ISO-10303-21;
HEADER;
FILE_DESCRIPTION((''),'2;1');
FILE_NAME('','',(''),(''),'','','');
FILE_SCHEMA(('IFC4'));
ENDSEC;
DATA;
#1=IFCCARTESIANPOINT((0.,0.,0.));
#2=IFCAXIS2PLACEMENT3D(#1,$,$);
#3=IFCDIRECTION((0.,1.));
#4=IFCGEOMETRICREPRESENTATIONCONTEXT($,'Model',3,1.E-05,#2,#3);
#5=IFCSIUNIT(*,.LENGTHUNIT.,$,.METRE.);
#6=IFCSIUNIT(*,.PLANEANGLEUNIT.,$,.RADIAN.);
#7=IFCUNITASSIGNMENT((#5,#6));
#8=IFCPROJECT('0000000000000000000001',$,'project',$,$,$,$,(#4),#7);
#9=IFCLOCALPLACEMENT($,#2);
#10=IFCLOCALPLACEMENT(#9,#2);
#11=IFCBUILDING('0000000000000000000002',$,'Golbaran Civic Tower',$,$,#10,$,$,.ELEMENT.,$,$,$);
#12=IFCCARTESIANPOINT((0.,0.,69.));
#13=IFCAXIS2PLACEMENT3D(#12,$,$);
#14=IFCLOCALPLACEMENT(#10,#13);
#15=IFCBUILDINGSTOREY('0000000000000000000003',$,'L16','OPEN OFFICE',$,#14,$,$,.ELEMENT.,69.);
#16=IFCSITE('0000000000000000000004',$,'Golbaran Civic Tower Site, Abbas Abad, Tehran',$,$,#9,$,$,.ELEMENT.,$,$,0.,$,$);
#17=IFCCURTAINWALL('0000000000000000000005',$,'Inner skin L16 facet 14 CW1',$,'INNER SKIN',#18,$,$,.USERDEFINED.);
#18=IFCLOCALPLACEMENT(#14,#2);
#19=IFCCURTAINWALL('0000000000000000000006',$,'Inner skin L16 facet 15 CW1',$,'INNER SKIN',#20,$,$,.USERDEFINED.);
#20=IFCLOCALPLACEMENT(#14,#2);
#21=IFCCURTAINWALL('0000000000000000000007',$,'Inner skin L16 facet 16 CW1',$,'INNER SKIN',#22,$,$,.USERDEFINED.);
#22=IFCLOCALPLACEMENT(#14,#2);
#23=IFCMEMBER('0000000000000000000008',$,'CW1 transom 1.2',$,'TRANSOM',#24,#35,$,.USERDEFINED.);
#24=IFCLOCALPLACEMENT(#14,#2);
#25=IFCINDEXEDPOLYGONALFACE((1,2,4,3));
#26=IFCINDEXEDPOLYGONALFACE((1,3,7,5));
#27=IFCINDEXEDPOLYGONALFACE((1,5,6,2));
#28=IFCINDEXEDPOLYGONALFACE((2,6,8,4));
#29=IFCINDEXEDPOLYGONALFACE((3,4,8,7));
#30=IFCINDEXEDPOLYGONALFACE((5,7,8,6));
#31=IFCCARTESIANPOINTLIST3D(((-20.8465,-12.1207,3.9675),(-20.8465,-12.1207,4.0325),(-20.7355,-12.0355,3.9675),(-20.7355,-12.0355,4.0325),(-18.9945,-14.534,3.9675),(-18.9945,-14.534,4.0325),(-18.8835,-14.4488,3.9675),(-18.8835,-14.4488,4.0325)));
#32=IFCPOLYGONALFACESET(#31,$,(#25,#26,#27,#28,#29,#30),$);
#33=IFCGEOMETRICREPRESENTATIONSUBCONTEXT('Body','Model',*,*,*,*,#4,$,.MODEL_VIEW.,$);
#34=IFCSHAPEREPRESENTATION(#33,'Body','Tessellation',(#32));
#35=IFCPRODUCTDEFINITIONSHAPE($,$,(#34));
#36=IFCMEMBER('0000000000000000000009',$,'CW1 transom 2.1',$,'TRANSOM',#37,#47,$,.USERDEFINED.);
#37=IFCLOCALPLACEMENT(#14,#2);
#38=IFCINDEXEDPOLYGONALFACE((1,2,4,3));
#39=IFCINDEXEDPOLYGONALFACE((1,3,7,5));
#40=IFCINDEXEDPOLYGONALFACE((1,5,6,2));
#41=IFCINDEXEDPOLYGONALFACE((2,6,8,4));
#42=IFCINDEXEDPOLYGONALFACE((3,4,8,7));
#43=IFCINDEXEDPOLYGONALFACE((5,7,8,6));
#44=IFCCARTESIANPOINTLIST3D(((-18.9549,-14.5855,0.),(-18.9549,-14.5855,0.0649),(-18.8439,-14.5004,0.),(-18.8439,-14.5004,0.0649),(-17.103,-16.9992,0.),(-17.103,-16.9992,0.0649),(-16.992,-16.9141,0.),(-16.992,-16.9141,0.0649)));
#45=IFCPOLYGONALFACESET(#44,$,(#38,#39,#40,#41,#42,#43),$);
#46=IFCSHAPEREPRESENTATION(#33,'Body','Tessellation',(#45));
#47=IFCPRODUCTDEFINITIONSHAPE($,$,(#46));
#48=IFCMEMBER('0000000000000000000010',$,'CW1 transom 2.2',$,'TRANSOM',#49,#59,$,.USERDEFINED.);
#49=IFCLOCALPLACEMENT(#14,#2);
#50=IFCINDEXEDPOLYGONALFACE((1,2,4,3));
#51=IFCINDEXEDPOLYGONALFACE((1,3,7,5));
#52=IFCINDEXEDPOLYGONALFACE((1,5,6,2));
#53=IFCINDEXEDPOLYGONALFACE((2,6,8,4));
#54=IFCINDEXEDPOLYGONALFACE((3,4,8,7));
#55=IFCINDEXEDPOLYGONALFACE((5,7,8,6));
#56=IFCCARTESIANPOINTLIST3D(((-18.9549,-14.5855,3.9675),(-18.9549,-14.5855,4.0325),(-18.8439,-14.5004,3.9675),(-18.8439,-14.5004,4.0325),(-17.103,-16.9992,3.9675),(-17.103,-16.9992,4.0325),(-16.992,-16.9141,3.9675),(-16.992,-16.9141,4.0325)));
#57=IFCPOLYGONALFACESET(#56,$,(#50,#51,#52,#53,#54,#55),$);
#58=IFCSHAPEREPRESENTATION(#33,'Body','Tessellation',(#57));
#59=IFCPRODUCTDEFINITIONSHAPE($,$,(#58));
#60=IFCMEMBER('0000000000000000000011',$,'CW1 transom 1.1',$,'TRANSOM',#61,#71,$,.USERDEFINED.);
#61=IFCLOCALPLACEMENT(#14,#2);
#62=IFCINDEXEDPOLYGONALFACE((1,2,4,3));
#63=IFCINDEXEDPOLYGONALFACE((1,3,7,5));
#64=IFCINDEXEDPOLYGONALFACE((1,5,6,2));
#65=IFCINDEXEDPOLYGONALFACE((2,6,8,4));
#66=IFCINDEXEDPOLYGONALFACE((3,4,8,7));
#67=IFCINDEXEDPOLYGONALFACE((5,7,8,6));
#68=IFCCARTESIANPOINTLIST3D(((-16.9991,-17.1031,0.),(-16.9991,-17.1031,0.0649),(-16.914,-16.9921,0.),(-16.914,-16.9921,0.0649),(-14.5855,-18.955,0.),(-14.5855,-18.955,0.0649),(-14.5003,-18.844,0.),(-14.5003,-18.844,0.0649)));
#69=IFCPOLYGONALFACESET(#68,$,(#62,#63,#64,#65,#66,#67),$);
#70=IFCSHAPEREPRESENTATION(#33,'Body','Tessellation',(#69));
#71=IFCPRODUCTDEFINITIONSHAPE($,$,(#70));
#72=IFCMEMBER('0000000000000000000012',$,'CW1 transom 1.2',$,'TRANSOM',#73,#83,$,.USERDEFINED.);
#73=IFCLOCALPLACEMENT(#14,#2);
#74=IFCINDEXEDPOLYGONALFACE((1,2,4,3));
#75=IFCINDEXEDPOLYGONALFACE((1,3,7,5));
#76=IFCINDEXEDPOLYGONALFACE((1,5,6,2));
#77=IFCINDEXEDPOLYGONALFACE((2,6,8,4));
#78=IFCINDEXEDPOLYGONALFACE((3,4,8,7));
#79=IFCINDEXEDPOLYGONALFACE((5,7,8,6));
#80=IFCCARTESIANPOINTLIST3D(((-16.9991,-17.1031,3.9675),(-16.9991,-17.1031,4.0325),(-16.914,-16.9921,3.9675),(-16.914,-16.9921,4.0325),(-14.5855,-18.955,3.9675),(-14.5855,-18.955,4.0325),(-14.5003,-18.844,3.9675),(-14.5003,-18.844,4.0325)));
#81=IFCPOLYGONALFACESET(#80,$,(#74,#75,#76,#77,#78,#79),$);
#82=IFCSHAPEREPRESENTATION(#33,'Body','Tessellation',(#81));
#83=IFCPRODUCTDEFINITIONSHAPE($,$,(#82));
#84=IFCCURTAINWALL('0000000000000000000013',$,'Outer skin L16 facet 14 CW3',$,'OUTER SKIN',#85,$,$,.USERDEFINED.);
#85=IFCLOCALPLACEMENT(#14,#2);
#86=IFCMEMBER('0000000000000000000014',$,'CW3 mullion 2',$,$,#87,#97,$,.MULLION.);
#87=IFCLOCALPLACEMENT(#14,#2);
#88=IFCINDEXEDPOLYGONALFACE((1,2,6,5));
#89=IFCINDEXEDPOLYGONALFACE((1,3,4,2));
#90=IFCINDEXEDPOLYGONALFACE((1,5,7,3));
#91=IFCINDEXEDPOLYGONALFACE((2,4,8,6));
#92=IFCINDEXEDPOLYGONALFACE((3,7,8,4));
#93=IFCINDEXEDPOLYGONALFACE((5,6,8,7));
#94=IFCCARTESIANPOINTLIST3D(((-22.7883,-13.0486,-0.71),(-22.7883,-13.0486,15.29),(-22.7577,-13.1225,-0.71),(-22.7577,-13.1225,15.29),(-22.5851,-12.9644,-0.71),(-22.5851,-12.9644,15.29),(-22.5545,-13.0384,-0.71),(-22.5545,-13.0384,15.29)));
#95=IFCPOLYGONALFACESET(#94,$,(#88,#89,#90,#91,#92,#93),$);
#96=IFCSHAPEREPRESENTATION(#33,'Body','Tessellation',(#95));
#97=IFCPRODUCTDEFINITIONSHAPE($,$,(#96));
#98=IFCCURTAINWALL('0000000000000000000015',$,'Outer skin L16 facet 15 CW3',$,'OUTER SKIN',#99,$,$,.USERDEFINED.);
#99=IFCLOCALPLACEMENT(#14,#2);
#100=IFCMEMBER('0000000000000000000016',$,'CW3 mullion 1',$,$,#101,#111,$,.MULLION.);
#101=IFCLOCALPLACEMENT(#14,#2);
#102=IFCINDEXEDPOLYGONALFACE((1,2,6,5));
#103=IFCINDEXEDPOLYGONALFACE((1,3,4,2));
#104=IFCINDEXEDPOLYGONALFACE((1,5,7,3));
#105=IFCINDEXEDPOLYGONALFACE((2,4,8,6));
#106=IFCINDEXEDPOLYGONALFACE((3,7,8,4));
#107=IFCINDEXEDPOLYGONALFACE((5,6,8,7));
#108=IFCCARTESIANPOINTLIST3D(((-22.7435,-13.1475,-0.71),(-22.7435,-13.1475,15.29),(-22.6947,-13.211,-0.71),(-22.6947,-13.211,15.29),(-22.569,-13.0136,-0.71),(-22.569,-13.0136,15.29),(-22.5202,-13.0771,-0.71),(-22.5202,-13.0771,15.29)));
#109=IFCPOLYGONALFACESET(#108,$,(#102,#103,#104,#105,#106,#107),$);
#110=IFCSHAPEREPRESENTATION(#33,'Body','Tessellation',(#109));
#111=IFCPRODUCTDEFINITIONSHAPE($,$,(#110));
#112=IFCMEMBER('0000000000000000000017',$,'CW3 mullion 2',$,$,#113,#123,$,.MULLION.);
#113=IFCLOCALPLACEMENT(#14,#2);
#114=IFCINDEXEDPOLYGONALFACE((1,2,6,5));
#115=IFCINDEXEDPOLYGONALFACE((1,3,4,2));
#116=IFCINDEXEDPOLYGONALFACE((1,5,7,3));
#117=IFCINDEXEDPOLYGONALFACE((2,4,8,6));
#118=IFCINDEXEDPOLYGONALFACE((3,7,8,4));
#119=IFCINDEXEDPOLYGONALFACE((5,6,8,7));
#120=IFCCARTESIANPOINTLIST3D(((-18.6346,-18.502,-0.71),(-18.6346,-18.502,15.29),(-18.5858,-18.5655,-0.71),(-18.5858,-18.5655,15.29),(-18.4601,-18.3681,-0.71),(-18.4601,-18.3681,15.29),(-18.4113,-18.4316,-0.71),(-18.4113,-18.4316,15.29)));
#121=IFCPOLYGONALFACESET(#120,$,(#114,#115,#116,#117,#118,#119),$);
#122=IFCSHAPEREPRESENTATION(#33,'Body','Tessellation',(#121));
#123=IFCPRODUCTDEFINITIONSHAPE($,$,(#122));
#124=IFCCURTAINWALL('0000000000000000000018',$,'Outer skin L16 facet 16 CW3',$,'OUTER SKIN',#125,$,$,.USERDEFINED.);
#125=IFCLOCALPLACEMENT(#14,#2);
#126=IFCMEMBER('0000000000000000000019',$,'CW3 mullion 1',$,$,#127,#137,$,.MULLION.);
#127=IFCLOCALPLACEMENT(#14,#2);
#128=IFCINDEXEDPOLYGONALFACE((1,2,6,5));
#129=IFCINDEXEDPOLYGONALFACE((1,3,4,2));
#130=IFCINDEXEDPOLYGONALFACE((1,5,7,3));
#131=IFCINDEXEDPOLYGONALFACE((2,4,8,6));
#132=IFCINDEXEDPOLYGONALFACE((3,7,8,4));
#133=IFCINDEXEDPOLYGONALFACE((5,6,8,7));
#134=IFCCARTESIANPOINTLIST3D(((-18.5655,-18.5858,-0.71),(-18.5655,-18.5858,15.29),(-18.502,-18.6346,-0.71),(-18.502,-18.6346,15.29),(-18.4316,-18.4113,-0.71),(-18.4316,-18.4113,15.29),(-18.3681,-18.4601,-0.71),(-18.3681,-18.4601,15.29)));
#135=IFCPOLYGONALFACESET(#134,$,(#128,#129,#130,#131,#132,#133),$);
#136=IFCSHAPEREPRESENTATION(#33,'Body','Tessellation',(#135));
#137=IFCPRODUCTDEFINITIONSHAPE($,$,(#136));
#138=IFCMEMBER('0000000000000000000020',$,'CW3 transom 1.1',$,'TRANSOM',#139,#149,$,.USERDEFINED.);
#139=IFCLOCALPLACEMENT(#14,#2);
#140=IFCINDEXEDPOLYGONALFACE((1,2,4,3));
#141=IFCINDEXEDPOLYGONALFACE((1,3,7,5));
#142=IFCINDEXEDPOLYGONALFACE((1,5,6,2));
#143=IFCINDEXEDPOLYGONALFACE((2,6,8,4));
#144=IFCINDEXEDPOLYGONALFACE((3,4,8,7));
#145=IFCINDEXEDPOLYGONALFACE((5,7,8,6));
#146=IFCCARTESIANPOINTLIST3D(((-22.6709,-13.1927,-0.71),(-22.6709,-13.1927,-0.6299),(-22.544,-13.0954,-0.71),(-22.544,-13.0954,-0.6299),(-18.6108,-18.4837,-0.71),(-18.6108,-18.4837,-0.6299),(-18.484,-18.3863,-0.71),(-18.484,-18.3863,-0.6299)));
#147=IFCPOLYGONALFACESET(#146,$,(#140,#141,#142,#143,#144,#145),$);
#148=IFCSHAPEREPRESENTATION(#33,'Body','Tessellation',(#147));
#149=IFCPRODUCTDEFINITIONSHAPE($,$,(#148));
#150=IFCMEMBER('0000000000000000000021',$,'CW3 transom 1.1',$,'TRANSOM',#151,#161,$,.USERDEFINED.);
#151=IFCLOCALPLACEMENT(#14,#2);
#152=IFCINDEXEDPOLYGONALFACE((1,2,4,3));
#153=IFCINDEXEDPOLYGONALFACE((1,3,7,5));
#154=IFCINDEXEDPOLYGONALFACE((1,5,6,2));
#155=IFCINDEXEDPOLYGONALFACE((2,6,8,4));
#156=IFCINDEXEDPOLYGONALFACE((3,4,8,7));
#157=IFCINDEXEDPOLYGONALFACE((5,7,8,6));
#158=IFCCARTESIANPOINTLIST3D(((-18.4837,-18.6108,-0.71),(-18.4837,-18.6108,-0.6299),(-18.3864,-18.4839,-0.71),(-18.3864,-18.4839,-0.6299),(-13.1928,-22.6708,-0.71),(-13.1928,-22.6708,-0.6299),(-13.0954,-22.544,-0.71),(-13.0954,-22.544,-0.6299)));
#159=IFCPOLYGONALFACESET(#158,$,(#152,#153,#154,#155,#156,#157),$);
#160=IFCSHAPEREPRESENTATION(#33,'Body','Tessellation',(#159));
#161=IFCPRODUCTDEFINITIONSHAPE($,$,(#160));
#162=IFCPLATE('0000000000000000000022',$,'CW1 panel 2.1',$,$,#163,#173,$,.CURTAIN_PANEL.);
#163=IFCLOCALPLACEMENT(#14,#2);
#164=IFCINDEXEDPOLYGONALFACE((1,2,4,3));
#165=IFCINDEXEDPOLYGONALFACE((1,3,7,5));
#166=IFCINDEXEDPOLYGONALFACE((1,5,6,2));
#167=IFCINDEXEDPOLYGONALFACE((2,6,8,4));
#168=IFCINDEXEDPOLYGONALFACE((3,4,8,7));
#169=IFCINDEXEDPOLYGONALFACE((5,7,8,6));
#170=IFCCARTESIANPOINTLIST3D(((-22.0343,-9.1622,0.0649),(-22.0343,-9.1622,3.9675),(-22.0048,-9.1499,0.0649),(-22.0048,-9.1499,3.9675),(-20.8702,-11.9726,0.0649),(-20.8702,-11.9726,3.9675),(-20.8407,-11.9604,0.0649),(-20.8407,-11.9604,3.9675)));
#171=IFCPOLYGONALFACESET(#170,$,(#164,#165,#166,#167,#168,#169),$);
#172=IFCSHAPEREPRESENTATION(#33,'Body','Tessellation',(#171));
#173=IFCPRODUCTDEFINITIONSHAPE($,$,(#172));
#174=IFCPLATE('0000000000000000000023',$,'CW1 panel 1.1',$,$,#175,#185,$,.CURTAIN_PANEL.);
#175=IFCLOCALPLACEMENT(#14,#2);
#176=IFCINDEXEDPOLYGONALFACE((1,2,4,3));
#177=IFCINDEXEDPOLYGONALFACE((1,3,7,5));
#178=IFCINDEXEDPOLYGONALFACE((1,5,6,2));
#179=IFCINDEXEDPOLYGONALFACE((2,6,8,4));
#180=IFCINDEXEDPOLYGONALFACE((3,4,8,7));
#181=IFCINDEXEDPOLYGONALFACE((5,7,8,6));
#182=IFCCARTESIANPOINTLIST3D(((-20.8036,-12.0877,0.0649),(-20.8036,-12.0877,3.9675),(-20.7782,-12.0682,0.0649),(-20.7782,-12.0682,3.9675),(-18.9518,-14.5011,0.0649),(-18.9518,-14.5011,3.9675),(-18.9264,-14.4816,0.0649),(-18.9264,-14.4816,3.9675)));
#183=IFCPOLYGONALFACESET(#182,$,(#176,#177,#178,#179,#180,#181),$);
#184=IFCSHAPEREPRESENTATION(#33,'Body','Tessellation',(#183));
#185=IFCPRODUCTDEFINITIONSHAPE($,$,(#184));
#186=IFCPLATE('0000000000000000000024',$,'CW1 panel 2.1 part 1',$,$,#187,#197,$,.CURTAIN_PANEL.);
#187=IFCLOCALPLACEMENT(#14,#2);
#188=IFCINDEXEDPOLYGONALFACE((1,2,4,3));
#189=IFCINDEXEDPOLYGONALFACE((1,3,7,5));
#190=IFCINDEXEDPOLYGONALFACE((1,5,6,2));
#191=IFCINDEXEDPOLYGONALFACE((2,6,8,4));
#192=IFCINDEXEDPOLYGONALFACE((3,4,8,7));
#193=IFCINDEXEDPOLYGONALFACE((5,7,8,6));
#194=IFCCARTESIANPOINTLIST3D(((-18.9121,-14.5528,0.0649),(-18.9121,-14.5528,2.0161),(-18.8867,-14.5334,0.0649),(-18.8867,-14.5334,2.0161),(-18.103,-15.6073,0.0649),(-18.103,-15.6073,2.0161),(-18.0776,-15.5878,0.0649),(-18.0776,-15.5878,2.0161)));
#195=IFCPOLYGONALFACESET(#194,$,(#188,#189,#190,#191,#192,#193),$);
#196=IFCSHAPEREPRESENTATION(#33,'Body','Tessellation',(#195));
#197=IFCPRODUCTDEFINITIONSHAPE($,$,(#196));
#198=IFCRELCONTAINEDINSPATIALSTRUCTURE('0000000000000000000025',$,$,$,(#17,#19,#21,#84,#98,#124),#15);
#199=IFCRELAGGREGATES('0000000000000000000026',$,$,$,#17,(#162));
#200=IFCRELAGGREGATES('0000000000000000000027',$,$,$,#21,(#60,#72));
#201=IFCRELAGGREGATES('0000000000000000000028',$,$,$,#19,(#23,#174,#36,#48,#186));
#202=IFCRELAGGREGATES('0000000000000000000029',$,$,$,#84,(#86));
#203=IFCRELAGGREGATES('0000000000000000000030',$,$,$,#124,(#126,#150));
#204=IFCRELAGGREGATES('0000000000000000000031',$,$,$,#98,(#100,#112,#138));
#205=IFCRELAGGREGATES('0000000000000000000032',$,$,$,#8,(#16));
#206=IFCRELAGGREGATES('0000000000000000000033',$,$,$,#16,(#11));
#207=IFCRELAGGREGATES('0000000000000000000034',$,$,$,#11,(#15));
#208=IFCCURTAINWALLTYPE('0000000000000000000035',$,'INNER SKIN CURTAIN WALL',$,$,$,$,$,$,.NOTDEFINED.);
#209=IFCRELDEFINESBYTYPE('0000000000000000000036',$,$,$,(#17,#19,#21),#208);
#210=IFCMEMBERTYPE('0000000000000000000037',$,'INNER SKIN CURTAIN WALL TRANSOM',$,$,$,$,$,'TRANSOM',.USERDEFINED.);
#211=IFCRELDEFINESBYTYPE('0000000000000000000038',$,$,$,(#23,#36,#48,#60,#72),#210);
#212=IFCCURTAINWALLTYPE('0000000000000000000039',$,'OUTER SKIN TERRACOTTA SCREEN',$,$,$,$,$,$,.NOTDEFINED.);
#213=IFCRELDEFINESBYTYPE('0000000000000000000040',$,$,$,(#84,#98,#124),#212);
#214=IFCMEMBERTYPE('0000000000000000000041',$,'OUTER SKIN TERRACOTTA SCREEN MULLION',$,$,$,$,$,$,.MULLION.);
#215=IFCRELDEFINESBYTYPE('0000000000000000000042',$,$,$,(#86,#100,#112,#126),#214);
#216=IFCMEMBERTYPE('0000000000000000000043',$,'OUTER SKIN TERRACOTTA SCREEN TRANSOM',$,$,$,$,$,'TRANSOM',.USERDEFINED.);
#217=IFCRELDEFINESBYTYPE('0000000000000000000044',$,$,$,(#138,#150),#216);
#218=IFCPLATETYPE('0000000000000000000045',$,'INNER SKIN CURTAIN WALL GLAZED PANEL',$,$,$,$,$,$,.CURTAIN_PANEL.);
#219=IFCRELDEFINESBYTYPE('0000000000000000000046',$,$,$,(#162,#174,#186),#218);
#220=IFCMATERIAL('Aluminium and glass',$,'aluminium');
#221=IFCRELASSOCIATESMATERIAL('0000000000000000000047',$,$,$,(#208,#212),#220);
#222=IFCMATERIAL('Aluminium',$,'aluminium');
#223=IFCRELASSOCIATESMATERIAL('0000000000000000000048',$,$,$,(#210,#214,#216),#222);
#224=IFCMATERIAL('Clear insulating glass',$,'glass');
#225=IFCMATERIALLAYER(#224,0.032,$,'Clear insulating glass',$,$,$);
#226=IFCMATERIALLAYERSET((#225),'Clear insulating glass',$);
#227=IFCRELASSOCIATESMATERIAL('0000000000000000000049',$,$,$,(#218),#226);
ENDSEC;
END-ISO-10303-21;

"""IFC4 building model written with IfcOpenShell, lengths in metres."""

from ifc_helpers import new_model, si_unit, direction, frame, origin, origin_2d, place, context, subcontext, project, spatial, rectangle, extrude, material, layer, layer_set, material_profile, profile_set, type_object, element, aggregate, save


model = new_model("IFC4")

# Units and contexts
model_context = context("Model", 3, precision=1e-05, world=origin(), true_north=direction((0.0, 1.0)))
body_context = subcontext(model_context, "Body", "Model", "MODEL_VIEW")
ifc_project = project(units=[si_unit("LENGTHUNIT", "METRE"), si_unit("PLANEANGLEUNIT", "RADIAN")], contexts=[model_context])

# Site, building, storey
site_placement = place(None, origin())
site = spatial("IfcSite", under=ifc_project, at=site_placement, Name="Golbaran Civic Tower Site, Abbas Abad, Tehran", CompositionType="ELEMENT", RefElevation=0.0)
building_placement = place(site_placement, origin())
building = spatial("IfcBuilding", under=site, at=building_placement, Name="Golbaran Civic Tower", CompositionType="ELEMENT")
storey_placement = place(building_placement, frame((0.0, 0.0, 69.0)))
storey = spatial("IfcBuildingStorey", under=building, at=storey_placement, Name="L16", Description="OPEN OFFICE", CompositionType="ELEMENT", Elevation=69.0)

# Curtain wall
ifc_material_1 = material(Name="Aluminium and glass", Category="aluminium")
curtain_wall_type_1 = type_object("IfcCurtainWallType", Name="INNER SKIN CURTAIN WALL", PredefinedType="NOTDEFINED", material=ifc_material_1)
curtain_wall_1_placement = place(storey_placement, origin())
curtain_wall_1 = element("IfcCurtainWall", 1, at=curtain_wall_1_placement, inside=storey, type_object=curtain_wall_type_1, Name="Inner skin L16 facet 14 CW1", ObjectType="INNER SKIN", PredefinedType="USERDEFINED")
ifc_material_2 = material(Name="Aluminium", Category="aluminium")

# Curtain wall
curtain_wall_2_placement = place(storey_placement, origin())
curtain_wall_2 = element("IfcCurtainWall", 2, at=curtain_wall_2_placement, inside=storey, type_object=curtain_wall_type_1, Name="Inner skin L16 facet 15 CW1", ObjectType="INNER SKIN", PredefinedType="USERDEFINED")

# Curtain wall
curtain_wall_3_placement = place(storey_placement, origin())
curtain_wall_3 = element("IfcCurtainWall", 3, at=curtain_wall_3_placement, inside=storey, type_object=curtain_wall_type_1, Name="Inner skin L16 facet 16 CW1", ObjectType="INNER SKIN", PredefinedType="USERDEFINED")

# Members
ifc_material_profile_1 = material_profile(ifc_material_2, rectangle(XDim=0.1399, YDim=0.0649, at=origin_2d()), Name="INNER SKIN CURTAIN WALL TRANSOM")
ifc_profile_set_1 = profile_set([ifc_material_profile_1], Name="Aluminium")
member_type_1 = type_object("IfcMemberType", Name="INNER SKIN CURTAIN WALL TRANSOM", ElementType="TRANSOM", PredefinedType="USERDEFINED", material=ifc_profile_set_1)
member_1_placement = place(storey_placement, frame((-20.791, -12.0781, 4.0), z_axis=(0.608811, -0.793316, 0.0), x_axis=(0.793316, 0.608811, 0.0)))
member_1 = element("IfcMember", 4, at=member_1_placement, type_object=member_type_1, Name="CW1 transom 1.2", ObjectType="TRANSOM", PredefinedType="USERDEFINED", context=body_context, shape_type="SweptSolid", body=[
    extrude(rectangle(XDim=0.1399, YDim=0.0649, at=origin_2d()), origin(), (0.0, 0.0, 1.0), 3.042),
])
member_2_placement = place(storey_placement, frame((-18.8994, -14.543, 0.0325), z_axis=(0.608721, -0.793384, 0.0), x_axis=(0.793384, 0.608721, 0.0)))
member_2 = element("IfcMember", 5, at=member_2_placement, type_object=member_type_1, Name="CW1 transom 2.1", ObjectType="TRANSOM", PredefinedType="USERDEFINED", context=body_context, shape_type="SweptSolid", body=[
    extrude(rectangle(XDim=0.1399, YDim=0.0649, at=origin_2d()), origin(), (0.0, 0.0, 1.0), 3.0422),
])
member_3_placement = place(storey_placement, frame((-18.8994, -14.543, 4.0), z_axis=(0.608721, -0.793384, 0.0), x_axis=(0.793384, 0.608721, 0.0)))
member_3 = element("IfcMember", 6, at=member_3_placement, type_object=member_type_1, Name="CW1 transom 2.2", ObjectType="TRANSOM", PredefinedType="USERDEFINED", context=body_context, shape_type="SweptSolid", body=[
    extrude(rectangle(XDim=0.1399, YDim=0.0649, at=origin_2d()), origin(), (0.0, 0.0, 1.0), 3.0422),
])
member_4_placement = place(storey_placement, frame((-16.9565, -17.0476, 0.0325), z_axis=(0.793384, -0.608721, 0.0), x_axis=(0.608721, 0.793384, 0.0)))
member_4 = element("IfcMember", 7, at=member_4_placement, type_object=member_type_1, Name="CW1 transom 1.1", ObjectType="TRANSOM", PredefinedType="USERDEFINED", context=body_context, shape_type="SweptSolid", body=[
    extrude(rectangle(XDim=0.1399, YDim=0.0649, at=origin_2d()), origin(), (0.0, 0.0, 1.0), 3.0422),
])
member_5_placement = place(storey_placement, frame((-16.9565, -17.0476, 4.0), z_axis=(0.793384, -0.608721, 0.0), x_axis=(0.608721, 0.793384, 0.0)))
member_5 = element("IfcMember", 8, at=member_5_placement, type_object=member_type_1, Name="CW1 transom 1.2", ObjectType="TRANSOM", PredefinedType="USERDEFINED", context=body_context, shape_type="SweptSolid", body=[
    extrude(rectangle(XDim=0.1399, YDim=0.0649, at=origin_2d()), origin(), (0.0, 0.0, 1.0), 3.0422),
])

# Curtain wall, member
curtain_wall_type_2 = type_object("IfcCurtainWallType", Name="OUTER SKIN TERRACOTTA SCREEN", PredefinedType="NOTDEFINED", material=ifc_material_1)
curtain_wall_4_placement = place(storey_placement, origin())
curtain_wall_4 = element("IfcCurtainWall", 9, at=curtain_wall_4_placement, inside=storey, type_object=curtain_wall_type_2, Name="Outer skin L16 facet 14 CW3", ObjectType="OUTER SKIN", PredefinedType="USERDEFINED")
ifc_material_profile_2 = material_profile(ifc_material_2, rectangle(XDim=0.22, YDim=0.0801, at=origin_2d()), Name="OUTER SKIN TERRACOTTA SCREEN MULLION")
ifc_profile_set_2 = profile_set([ifc_material_profile_2], Name="Aluminium")
member_type_2 = type_object("IfcMemberType", Name="OUTER SKIN TERRACOTTA SCREEN MULLION", PredefinedType="MULLION", material=ifc_profile_set_2)
member_6_placement = place(storey_placement, frame((-22.6714, -13.0435, -0.71), z_axis=(0.0, 0.0, 1.0), x_axis=(0.92388, 0.382683, 0.0)))
member_6 = element("IfcMember", 10, at=member_6_placement, type_object=member_type_2, Name="CW3 mullion 2", PredefinedType="MULLION", context=body_context, shape_type="SweptSolid", body=[
    extrude(rectangle(XDim=0.22, YDim=0.0801, at=origin_2d()), origin(), (0.0, 0.0, 1.0), 16.0),
])

# Curtain wall, members
curtain_wall_5_placement = place(storey_placement, origin())
curtain_wall_5 = element("IfcCurtainWall", 11, at=curtain_wall_5_placement, inside=storey, type_object=curtain_wall_type_2, Name="Outer skin L16 facet 15 CW3", ObjectType="OUTER SKIN", PredefinedType="USERDEFINED")
member_7_placement = place(storey_placement, frame((-22.6318, -13.1123, -0.71), z_axis=(0.0, 0.0, 1.0), x_axis=(0.793353, 0.608761, 0.0)))
member_7 = element("IfcMember", 12, at=member_7_placement, type_object=member_type_2, Name="CW3 mullion 1", PredefinedType="MULLION", context=body_context, shape_type="SweptSolid", body=[
    extrude(rectangle(XDim=0.22, YDim=0.0801, at=origin_2d()), origin(), (0.0, 0.0, 1.0), 16.0),
])
member_8_placement = place(storey_placement, frame((-18.5229, -18.4668, -0.71), z_axis=(0.0, 0.0, 1.0), x_axis=(0.793353, 0.608761, 0.0)))
member_8 = element("IfcMember", 13, at=member_8_placement, type_object=member_type_2, Name="CW3 mullion 2", PredefinedType="MULLION", context=body_context, shape_type="SweptSolid", body=[
    extrude(rectangle(XDim=0.22, YDim=0.0801, at=origin_2d()), origin(), (0.0, 0.0, 1.0), 16.0),
])

# Curtain wall, member
curtain_wall_6_placement = place(storey_placement, origin())
curtain_wall_6 = element("IfcCurtainWall", 14, at=curtain_wall_6_placement, inside=storey, type_object=curtain_wall_type_2, Name="Outer skin L16 facet 16 CW3", ObjectType="OUTER SKIN", PredefinedType="USERDEFINED")
member_9_placement = place(storey_placement, frame((-18.4668, -18.5229, -0.71), z_axis=(0.0, 0.0, 1.0), x_axis=(0.608761, 0.793353, 0.0)))
member_9 = element("IfcMember", 15, at=member_9_placement, type_object=member_type_2, Name="CW3 mullion 1", PredefinedType="MULLION", context=body_context, shape_type="SweptSolid", body=[
    extrude(rectangle(XDim=0.22, YDim=0.0801, at=origin_2d()), origin(), (0.0, 0.0, 1.0), 16.0),
])

# Members
ifc_material_profile_3 = material_profile(ifc_material_2, rectangle(XDim=0.1599, YDim=0.0801, at=origin_2d()), Name="OUTER SKIN TERRACOTTA SCREEN TRANSOM")
ifc_profile_set_3 = profile_set([ifc_material_profile_3], Name="Aluminium")
member_type_3 = type_object("IfcMemberType", Name="OUTER SKIN TERRACOTTA SCREEN TRANSOM", ElementType="TRANSOM", PredefinedType="USERDEFINED", material=ifc_profile_set_3)
member_10_placement = place(storey_placement, frame((-22.6074, -13.144, -0.6699), z_axis=(0.608773, -0.793345, 0.0), x_axis=(0.793345, 0.608773, 0.0)))
member_10 = element("IfcMember", 16, at=member_10_placement, type_object=member_type_3, Name="CW3 transom 1.1", ObjectType="TRANSOM", PredefinedType="USERDEFINED", context=body_context, shape_type="SweptSolid", body=[
    extrude(rectangle(XDim=0.1599, YDim=0.0801, at=origin_2d()), origin(), (0.0, 0.0, 1.0), 6.6692),
])
member_11_placement = place(storey_placement, frame((-18.4351, -18.5474, -0.6699), z_axis=(0.793345, -0.608773, 0.0), x_axis=(0.608773, 0.793345, 0.0)))
member_11 = element("IfcMember", 17, at=member_11_placement, type_object=member_type_3, Name="CW3 transom 1.1", ObjectType="TRANSOM", PredefinedType="USERDEFINED", context=body_context, shape_type="SweptSolid", body=[
    extrude(rectangle(XDim=0.1599, YDim=0.0801, at=origin_2d()), origin(), (0.0, 0.0, 1.0), 6.6692),
])

# Plates
ifc_material_3 = material(Name="Clear insulating glass", Category="glass")
ifc_layer_1 = layer(ifc_material_3, 0.032, Name="Clear insulating glass")
ifc_layer_set_1 = layer_set([ifc_layer_1], Name="Clear insulating glass")
plate_type_1 = type_object("IfcPlateType", Name="INNER SKIN CURTAIN WALL GLAZED PANEL", PredefinedType="CURTAIN_PANEL", material=ifc_layer_set_1)
plate_1_placement = place(storey_placement, frame((-21.4375, -10.5613, 0.0649), z_axis=(0.0, 0.0, 1.0), x_axis=(0.382683, -0.92388, 0.0)))
plate_1 = element("IfcPlate", 18, at=plate_1_placement, type_object=plate_type_1, Name="CW1 panel 2.1", PredefinedType="CURTAIN_PANEL", context=body_context, shape_type="SweptSolid", body=[
    extrude(rectangle(XDim=3.042, YDim=0.032, at=origin_2d()), origin(), (0.0, 0.0, 1.0), 3.9026),
])
aggregate(curtain_wall_1, [plate_1])
plate_2_placement = place(storey_placement, frame((-19.865, -13.2847, 0.0649), z_axis=(0.0, 0.0, 1.0), x_axis=(0.608761, -0.793353, 0.0)))
plate_2 = element("IfcPlate", 19, at=plate_2_placement, type_object=plate_type_1, Name="CW1 panel 1.1", PredefinedType="CURTAIN_PANEL", context=body_context, shape_type="SweptSolid", body=[
    extrude(rectangle(XDim=3.042, YDim=0.032, at=origin_2d()), origin(), (0.0, 0.0, 1.0), 3.9026),
])
plate_3_placement = place(storey_placement, frame((-18.4949, -15.0703, 0.0649), z_axis=(0.0, 0.0, 1.0), x_axis=(0.608761, -0.793353, 0.0)))
plate_3 = element("IfcPlate", 20, at=plate_3_placement, type_object=plate_type_1, Name="CW1 panel 2.1 part 1", PredefinedType="CURTAIN_PANEL", context=body_context, shape_type="SweptSolid", body=[
    extrude(rectangle(XDim=1.3291, YDim=0.032, at=origin_2d()), origin(), (0.0, 0.0, 1.0), 1.9512),
])
aggregate(curtain_wall_3, [member_4, member_5])
aggregate(curtain_wall_2, [member_1, plate_2, member_2, member_3, plate_3])
aggregate(curtain_wall_4, [member_6])
aggregate(curtain_wall_6, [member_9, member_11])
aggregate(curtain_wall_5, [member_7, member_8, member_10])

save(model, "model.ifc")
